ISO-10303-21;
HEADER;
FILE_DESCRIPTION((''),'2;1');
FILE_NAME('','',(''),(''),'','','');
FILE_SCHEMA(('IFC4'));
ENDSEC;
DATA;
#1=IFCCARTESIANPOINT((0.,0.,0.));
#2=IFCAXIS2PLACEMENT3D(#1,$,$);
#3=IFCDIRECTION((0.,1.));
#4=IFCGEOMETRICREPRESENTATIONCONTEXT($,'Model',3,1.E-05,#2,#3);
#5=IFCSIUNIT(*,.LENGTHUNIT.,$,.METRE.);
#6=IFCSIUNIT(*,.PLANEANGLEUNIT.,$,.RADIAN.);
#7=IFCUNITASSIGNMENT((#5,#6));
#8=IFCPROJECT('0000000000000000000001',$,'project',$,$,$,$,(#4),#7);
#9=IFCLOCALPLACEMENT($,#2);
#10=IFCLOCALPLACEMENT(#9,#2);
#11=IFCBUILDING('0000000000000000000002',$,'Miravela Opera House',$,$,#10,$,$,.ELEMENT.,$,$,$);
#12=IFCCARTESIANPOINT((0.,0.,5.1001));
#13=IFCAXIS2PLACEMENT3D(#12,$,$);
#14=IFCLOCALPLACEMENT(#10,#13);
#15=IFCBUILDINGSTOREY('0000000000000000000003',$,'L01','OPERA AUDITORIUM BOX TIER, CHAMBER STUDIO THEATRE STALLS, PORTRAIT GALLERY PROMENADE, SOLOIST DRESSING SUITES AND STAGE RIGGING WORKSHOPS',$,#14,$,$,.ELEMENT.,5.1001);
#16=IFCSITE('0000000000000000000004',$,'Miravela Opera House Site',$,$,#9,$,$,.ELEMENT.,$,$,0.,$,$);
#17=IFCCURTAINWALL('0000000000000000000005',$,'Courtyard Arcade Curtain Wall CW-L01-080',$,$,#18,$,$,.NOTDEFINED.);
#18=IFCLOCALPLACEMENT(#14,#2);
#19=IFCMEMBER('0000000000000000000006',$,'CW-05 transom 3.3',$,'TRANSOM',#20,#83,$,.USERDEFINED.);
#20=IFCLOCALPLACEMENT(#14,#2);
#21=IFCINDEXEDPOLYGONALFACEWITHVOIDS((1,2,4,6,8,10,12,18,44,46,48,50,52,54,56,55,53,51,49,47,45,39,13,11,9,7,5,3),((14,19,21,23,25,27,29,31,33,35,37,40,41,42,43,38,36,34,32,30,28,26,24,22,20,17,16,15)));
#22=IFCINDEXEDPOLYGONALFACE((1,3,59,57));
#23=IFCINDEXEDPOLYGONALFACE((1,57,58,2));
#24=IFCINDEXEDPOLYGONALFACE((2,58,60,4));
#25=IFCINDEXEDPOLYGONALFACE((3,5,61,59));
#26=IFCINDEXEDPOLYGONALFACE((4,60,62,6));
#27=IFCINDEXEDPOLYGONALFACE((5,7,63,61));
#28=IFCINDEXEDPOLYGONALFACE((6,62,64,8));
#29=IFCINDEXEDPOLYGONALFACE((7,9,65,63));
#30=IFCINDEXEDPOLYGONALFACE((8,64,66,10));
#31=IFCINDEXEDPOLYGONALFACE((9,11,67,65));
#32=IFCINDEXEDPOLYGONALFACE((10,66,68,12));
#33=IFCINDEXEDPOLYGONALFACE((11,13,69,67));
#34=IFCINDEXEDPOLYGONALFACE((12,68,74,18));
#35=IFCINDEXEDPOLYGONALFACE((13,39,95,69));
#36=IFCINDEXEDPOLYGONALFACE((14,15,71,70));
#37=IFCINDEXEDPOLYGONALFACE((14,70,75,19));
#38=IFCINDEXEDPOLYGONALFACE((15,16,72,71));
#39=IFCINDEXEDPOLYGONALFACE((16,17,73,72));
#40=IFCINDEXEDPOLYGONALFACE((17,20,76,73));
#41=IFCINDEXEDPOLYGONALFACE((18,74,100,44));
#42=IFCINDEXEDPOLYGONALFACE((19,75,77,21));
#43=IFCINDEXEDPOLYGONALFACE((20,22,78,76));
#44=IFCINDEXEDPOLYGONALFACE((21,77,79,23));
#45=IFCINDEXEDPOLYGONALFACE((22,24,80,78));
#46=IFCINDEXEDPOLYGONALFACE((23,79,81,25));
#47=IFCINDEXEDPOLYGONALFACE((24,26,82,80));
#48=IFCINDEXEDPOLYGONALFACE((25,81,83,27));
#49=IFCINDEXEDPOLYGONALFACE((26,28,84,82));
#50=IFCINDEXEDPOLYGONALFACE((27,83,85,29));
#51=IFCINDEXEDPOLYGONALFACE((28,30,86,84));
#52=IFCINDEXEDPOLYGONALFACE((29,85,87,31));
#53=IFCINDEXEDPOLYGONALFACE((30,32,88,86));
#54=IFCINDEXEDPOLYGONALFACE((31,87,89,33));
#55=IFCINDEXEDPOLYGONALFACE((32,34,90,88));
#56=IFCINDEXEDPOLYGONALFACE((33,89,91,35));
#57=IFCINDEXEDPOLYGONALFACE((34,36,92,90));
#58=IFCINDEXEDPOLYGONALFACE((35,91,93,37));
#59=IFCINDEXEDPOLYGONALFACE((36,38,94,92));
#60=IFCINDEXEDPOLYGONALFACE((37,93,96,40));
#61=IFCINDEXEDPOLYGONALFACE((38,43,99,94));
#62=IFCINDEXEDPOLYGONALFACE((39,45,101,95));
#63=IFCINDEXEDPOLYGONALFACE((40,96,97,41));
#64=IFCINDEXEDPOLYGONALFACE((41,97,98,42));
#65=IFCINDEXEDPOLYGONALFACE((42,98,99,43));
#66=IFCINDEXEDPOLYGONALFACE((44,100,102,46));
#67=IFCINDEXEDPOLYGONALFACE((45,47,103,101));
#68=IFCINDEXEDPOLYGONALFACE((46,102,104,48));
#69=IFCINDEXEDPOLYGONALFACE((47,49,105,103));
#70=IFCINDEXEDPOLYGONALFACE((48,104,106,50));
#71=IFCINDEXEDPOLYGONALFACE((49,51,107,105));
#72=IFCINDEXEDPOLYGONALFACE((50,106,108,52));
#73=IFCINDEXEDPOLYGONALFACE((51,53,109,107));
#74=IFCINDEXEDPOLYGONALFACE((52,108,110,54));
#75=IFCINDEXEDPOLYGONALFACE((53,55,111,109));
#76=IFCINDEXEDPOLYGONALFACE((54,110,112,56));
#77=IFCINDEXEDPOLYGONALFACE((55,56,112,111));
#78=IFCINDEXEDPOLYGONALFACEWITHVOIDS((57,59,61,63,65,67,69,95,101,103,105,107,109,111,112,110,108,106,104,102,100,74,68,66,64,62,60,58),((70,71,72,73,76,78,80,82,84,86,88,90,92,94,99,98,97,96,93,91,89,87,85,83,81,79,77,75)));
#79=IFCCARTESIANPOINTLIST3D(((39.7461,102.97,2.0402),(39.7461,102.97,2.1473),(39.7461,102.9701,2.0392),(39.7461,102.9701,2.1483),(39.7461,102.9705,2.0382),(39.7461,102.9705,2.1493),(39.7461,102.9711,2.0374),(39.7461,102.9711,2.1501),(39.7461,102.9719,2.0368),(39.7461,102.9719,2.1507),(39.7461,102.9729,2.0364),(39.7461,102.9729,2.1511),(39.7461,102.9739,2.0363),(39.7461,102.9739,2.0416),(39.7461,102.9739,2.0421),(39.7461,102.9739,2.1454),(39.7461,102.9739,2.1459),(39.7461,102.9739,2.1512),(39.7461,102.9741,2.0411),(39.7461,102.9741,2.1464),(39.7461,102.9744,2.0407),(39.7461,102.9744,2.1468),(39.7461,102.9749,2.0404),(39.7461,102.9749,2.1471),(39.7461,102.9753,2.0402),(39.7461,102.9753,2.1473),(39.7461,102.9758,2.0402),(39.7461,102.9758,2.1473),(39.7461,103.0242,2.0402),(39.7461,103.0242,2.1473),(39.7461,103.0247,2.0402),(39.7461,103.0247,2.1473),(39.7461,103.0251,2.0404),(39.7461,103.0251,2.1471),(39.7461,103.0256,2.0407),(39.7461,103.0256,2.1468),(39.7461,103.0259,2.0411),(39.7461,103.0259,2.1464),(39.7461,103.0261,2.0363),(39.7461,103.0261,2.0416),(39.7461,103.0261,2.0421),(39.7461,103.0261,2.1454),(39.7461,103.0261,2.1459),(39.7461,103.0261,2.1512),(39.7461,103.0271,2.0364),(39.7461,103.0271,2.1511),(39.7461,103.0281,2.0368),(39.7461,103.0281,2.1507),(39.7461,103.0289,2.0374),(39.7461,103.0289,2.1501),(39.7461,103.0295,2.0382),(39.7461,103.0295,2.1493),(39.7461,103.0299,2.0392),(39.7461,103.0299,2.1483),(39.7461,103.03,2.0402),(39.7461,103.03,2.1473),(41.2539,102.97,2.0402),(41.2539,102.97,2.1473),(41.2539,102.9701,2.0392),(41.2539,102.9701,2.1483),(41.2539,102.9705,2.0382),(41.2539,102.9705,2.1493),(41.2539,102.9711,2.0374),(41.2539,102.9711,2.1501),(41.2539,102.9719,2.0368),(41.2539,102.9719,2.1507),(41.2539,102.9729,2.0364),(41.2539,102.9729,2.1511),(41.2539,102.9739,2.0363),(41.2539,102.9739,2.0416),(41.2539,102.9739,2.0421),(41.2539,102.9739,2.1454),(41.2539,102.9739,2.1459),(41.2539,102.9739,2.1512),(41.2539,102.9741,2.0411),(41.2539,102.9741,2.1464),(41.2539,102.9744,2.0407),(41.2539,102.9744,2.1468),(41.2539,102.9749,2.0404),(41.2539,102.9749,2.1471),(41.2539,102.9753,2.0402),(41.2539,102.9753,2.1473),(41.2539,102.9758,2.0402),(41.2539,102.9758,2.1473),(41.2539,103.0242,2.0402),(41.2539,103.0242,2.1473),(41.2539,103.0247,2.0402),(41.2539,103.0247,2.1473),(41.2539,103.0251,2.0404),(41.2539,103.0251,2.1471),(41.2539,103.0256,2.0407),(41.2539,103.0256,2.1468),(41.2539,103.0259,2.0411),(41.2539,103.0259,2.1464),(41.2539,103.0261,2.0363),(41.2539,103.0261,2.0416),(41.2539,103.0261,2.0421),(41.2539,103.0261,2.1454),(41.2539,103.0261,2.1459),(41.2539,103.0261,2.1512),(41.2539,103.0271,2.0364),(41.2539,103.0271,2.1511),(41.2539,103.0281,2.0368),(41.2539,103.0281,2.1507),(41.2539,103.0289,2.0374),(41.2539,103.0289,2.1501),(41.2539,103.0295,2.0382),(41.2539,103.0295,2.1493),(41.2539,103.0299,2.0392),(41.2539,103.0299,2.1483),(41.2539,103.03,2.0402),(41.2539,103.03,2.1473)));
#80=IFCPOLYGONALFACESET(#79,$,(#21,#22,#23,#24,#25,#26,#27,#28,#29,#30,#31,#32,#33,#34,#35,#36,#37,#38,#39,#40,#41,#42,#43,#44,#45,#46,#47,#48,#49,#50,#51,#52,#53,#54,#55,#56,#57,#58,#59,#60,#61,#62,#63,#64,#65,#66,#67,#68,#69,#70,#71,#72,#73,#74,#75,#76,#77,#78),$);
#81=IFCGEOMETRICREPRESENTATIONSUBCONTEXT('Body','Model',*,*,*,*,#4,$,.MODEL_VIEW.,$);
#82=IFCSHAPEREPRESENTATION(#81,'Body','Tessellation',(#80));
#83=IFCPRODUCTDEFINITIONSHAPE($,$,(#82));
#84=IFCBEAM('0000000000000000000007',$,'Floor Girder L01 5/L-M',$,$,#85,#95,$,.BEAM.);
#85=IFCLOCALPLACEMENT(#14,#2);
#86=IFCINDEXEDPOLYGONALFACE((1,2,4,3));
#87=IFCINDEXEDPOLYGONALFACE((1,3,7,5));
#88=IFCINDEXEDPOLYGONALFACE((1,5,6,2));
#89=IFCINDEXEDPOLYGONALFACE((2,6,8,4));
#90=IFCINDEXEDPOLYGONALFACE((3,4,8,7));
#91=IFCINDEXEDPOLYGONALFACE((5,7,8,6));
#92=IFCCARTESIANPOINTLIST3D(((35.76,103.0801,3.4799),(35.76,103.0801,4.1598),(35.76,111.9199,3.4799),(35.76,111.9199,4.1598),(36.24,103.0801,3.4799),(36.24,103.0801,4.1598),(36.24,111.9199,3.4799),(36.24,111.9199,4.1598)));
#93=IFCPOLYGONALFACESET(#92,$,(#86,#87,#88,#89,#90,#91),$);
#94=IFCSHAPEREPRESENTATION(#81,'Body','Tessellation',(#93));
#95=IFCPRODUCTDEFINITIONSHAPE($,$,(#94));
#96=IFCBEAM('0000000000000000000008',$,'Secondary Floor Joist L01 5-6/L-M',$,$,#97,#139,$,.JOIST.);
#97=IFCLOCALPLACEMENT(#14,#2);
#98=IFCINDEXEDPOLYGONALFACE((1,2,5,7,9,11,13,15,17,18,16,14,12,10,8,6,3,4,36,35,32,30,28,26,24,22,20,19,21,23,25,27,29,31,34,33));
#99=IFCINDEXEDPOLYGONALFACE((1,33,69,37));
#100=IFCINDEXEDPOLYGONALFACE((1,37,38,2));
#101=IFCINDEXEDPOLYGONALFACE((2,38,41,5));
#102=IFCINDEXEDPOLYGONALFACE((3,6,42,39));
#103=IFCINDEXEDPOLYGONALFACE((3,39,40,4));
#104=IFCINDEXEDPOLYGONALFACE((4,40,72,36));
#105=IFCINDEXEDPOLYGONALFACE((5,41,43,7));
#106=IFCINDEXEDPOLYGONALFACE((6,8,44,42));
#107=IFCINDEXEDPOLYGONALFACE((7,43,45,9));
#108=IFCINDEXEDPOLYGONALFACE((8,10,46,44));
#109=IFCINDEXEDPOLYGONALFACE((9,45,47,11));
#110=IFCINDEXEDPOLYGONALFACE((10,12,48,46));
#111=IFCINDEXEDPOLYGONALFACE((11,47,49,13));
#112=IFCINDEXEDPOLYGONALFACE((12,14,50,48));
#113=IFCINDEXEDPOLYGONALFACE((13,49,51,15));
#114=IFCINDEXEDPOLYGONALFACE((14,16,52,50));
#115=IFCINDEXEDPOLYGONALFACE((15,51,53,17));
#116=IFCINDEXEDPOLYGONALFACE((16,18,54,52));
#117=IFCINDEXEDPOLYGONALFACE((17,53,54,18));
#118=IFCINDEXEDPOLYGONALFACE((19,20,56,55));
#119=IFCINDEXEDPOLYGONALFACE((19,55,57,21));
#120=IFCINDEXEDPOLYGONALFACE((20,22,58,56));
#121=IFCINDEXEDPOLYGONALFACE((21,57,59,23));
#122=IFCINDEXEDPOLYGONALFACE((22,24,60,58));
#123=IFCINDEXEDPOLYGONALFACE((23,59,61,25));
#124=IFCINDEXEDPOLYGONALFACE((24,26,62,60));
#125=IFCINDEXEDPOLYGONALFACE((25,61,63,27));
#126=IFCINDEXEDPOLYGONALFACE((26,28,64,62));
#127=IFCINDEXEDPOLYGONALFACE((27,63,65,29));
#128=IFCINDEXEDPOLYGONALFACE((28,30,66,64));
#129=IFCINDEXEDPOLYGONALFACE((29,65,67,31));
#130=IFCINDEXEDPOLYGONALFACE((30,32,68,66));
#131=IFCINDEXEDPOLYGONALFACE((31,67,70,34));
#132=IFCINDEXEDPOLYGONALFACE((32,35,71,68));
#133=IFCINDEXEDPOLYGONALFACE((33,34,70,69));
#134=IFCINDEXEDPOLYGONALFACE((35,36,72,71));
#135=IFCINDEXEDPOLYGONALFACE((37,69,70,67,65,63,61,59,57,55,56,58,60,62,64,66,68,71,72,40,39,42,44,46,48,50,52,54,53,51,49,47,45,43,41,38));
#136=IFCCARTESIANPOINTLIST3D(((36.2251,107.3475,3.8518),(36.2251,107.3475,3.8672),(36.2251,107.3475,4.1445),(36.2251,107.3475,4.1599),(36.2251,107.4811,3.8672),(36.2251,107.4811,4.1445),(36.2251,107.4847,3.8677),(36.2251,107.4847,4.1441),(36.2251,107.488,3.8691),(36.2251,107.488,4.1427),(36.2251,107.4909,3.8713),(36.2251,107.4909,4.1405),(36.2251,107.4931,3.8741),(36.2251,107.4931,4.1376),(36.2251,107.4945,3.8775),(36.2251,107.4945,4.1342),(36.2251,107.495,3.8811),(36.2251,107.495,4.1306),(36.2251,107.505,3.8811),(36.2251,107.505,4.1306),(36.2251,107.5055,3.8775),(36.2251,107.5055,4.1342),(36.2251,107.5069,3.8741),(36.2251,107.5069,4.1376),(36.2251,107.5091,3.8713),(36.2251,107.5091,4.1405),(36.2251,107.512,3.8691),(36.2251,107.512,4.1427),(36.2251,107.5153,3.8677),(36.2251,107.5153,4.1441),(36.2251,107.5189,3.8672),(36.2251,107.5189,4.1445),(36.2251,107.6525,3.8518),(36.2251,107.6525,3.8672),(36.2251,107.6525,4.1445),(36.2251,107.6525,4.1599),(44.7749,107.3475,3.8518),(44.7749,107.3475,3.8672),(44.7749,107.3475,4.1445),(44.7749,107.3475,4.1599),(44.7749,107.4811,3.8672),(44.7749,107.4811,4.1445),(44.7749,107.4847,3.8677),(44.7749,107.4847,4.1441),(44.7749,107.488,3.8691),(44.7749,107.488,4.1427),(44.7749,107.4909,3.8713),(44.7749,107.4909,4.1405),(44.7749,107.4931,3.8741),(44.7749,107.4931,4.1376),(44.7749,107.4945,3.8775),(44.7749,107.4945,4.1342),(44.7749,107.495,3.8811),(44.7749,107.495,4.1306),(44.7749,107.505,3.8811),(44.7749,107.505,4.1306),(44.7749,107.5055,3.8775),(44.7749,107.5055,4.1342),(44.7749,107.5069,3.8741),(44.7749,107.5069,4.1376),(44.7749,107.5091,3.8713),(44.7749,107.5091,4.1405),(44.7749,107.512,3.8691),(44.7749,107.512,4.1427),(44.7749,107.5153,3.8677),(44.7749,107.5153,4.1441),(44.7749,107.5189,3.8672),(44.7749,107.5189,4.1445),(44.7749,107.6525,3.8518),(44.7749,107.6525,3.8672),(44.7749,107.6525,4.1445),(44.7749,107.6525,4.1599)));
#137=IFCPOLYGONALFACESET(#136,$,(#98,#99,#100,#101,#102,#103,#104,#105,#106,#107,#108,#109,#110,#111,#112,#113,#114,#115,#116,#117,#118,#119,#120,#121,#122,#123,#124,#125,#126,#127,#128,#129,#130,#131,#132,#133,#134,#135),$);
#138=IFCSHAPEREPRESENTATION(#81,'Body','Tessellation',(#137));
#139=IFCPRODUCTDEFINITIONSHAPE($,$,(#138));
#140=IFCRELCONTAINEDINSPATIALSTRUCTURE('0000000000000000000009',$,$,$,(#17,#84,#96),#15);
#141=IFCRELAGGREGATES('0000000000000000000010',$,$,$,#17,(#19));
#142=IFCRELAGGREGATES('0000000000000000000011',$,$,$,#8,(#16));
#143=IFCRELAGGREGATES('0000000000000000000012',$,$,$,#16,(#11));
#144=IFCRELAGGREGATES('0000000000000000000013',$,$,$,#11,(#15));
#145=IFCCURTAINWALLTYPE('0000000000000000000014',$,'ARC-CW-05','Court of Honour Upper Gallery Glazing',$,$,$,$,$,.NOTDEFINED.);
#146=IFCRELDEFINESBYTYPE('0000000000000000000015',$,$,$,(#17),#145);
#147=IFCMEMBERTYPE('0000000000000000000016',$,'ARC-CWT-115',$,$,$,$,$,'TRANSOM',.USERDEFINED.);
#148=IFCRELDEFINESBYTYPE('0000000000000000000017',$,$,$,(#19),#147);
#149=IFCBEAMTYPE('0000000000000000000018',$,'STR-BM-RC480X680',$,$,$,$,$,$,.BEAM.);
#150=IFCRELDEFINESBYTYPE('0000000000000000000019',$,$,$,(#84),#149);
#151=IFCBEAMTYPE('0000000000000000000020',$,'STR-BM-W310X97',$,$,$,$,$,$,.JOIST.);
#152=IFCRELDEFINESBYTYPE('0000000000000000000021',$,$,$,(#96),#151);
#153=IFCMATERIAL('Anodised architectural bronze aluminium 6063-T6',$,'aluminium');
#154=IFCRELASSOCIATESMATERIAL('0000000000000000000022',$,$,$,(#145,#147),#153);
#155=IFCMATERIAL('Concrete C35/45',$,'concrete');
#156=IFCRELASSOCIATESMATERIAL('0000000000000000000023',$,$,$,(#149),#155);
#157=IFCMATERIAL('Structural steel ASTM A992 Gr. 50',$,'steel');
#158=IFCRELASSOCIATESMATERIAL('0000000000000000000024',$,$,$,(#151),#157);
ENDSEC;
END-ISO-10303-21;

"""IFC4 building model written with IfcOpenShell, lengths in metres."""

from ifc_helpers import new_model, si_unit, direction, frame, origin, origin_2d, place, context, subcontext, project, spatial, rectangle, hollow_rectangle, i_section, extrude, material, material_profile, profile_set, type_object, element, aggregate, save


model = new_model("IFC4")

# Units and contexts
model_context = context("Model", 3, precision=1e-05, world=origin(), true_north=direction((0.0, 1.0)))
body_context = subcontext(model_context, "Body", "Model", "MODEL_VIEW")
ifc_project = project(units=[si_unit("LENGTHUNIT", "METRE"), si_unit("PLANEANGLEUNIT", "RADIAN")], contexts=[model_context])

# Site, building, storey
site_placement = place(None, origin())
site = spatial("IfcSite", under=ifc_project, at=site_placement, Name="Miravela Opera House Site", CompositionType="ELEMENT", RefElevation=0.0)
building_placement = place(site_placement, origin())
building = spatial("IfcBuilding", under=site, at=building_placement, Name="Miravela Opera House", CompositionType="ELEMENT")
storey_placement = place(building_placement, frame((0.0, 0.0, 5.1001)))
storey = spatial("IfcBuildingStorey", under=building, at=storey_placement, Name="L01", Description="OPERA AUDITORIUM BOX TIER, CHAMBER STUDIO THEATRE STALLS, PORTRAIT GALLERY PROMENADE, SOLOIST DRESSING SUITES AND STAGE RIGGING WORKSHOPS", CompositionType="ELEMENT", Elevation=5.1001)

# Shared definitions
ifc_material_1 = material(Name="Concrete C35/45", Category="concrete")

# Curtain wall, member
ifc_material_2 = material(Name="Anodised architectural bronze aluminium 6063-T6", Category="aluminium")
curtain_wall_type = type_object("IfcCurtainWallType", Name="ARC-CW-05", Description="Court of Honour Upper Gallery Glazing", PredefinedType="NOTDEFINED", material=ifc_material_2)
curtain_wall_placement = place(storey_placement, origin())
curtain_wall = element("IfcCurtainWall", 1, at=curtain_wall_placement, inside=storey, type_object=curtain_wall_type, Name="Courtyard Arcade Curtain Wall CW-L01-080", PredefinedType="NOTDEFINED")
ifc_material_profile_1 = material_profile(ifc_material_2, hollow_rectangle(XDim=0.0601, YDim=0.115, WallThickness=0.0039, InnerFilletRadius=0.002, OuterFilletRadius=0.0039, at=origin_2d()), Name="CWT-60X115")
ifc_profile_set_1 = profile_set([ifc_material_profile_1])
member_type_1 = type_object("IfcMemberType", Name="ARC-CWT-115", ElementType="TRANSOM", PredefinedType="USERDEFINED", material=ifc_profile_set_1)
member_1_placement = place(storey_placement, frame((39.7461, 103.0, 2.0938), z_axis=(1.0, 0.0, 0.0), x_axis=(0.0, 1.0, 0.0)))
member_1 = element("IfcMember", 2, at=member_1_placement, type_object=member_type_1, Name="CW-05 transom 3.3", ObjectType="TRANSOM", PredefinedType="USERDEFINED", context=body_context, shape_type="SweptSolid", body=[
    extrude(hollow_rectangle(XDim=0.0601, YDim=0.115, WallThickness=0.0039, InnerFilletRadius=0.002, OuterFilletRadius=0.0039, at=origin_2d()), origin(), (0.0, 0.0, 1.0), 1.5078),
])

# Beams
ifc_material_profile_2 = material_profile(ifc_material_1, rectangle(XDim=0.48, YDim=0.6799, at=origin_2d()), Name="RC-BM-480X680")
ifc_profile_set_2 = profile_set([ifc_material_profile_2])
beam_type_1 = type_object("IfcBeamType", Name="STR-BM-RC480X680", PredefinedType="BEAM", material=ifc_profile_set_2)
beam_1_placement = place(storey_placement, frame((36.0, 103.0801, 3.8198), z_axis=(0.0, 1.0, 0.0), x_axis=(-1.0, 0.0, 0.0)))
element("IfcBeam", 3, at=beam_1_placement, inside=storey, type_object=beam_type_1, Name="Floor Girder L01 5/L-M", PredefinedType="BEAM", context=body_context, shape_type="SweptSolid", body=[
    extrude(rectangle(XDim=0.48, YDim=0.6799, at=origin_2d()), origin(), (0.0, 0.0, 1.0), 8.8398),
])
ifc_material_3 = material(Name="Structural steel ASTM A992 Gr. 50", Category="steel")
ifc_material_profile_3 = material_profile(ifc_material_3, i_section(OverallWidth=0.3049, OverallDepth=0.3081, WebThickness=0.01, FlangeThickness=0.0154, FilletRadius=0.0139, at=origin_2d()), Name="W310X97")
ifc_profile_set_3 = profile_set([ifc_material_profile_3])
beam_type_2 = type_object("IfcBeamType", Name="STR-BM-W310X97", PredefinedType="JOIST", material=ifc_profile_set_3)
beam_2_placement = place(storey_placement, frame((36.2251, 107.5, 4.0059), z_axis=(1.0, 0.0, 0.0), x_axis=(0.0, 1.0, 0.0)))
element("IfcBeam", 4, at=beam_2_placement, inside=storey, type_object=beam_type_2, Name="Secondary Floor Joist L01 5-6/L-M", PredefinedType="JOIST", context=body_context, shape_type="SweptSolid", body=[
    extrude(i_section(OverallWidth=0.3049, OverallDepth=0.3081, WebThickness=0.01, FlangeThickness=0.0154, FilletRadius=0.0139, at=origin_2d()), origin(), (0.0, 0.0, 1.0), 8.5498),
])

aggregate(curtain_wall, [member_1])

save(model, "model.ifc")
